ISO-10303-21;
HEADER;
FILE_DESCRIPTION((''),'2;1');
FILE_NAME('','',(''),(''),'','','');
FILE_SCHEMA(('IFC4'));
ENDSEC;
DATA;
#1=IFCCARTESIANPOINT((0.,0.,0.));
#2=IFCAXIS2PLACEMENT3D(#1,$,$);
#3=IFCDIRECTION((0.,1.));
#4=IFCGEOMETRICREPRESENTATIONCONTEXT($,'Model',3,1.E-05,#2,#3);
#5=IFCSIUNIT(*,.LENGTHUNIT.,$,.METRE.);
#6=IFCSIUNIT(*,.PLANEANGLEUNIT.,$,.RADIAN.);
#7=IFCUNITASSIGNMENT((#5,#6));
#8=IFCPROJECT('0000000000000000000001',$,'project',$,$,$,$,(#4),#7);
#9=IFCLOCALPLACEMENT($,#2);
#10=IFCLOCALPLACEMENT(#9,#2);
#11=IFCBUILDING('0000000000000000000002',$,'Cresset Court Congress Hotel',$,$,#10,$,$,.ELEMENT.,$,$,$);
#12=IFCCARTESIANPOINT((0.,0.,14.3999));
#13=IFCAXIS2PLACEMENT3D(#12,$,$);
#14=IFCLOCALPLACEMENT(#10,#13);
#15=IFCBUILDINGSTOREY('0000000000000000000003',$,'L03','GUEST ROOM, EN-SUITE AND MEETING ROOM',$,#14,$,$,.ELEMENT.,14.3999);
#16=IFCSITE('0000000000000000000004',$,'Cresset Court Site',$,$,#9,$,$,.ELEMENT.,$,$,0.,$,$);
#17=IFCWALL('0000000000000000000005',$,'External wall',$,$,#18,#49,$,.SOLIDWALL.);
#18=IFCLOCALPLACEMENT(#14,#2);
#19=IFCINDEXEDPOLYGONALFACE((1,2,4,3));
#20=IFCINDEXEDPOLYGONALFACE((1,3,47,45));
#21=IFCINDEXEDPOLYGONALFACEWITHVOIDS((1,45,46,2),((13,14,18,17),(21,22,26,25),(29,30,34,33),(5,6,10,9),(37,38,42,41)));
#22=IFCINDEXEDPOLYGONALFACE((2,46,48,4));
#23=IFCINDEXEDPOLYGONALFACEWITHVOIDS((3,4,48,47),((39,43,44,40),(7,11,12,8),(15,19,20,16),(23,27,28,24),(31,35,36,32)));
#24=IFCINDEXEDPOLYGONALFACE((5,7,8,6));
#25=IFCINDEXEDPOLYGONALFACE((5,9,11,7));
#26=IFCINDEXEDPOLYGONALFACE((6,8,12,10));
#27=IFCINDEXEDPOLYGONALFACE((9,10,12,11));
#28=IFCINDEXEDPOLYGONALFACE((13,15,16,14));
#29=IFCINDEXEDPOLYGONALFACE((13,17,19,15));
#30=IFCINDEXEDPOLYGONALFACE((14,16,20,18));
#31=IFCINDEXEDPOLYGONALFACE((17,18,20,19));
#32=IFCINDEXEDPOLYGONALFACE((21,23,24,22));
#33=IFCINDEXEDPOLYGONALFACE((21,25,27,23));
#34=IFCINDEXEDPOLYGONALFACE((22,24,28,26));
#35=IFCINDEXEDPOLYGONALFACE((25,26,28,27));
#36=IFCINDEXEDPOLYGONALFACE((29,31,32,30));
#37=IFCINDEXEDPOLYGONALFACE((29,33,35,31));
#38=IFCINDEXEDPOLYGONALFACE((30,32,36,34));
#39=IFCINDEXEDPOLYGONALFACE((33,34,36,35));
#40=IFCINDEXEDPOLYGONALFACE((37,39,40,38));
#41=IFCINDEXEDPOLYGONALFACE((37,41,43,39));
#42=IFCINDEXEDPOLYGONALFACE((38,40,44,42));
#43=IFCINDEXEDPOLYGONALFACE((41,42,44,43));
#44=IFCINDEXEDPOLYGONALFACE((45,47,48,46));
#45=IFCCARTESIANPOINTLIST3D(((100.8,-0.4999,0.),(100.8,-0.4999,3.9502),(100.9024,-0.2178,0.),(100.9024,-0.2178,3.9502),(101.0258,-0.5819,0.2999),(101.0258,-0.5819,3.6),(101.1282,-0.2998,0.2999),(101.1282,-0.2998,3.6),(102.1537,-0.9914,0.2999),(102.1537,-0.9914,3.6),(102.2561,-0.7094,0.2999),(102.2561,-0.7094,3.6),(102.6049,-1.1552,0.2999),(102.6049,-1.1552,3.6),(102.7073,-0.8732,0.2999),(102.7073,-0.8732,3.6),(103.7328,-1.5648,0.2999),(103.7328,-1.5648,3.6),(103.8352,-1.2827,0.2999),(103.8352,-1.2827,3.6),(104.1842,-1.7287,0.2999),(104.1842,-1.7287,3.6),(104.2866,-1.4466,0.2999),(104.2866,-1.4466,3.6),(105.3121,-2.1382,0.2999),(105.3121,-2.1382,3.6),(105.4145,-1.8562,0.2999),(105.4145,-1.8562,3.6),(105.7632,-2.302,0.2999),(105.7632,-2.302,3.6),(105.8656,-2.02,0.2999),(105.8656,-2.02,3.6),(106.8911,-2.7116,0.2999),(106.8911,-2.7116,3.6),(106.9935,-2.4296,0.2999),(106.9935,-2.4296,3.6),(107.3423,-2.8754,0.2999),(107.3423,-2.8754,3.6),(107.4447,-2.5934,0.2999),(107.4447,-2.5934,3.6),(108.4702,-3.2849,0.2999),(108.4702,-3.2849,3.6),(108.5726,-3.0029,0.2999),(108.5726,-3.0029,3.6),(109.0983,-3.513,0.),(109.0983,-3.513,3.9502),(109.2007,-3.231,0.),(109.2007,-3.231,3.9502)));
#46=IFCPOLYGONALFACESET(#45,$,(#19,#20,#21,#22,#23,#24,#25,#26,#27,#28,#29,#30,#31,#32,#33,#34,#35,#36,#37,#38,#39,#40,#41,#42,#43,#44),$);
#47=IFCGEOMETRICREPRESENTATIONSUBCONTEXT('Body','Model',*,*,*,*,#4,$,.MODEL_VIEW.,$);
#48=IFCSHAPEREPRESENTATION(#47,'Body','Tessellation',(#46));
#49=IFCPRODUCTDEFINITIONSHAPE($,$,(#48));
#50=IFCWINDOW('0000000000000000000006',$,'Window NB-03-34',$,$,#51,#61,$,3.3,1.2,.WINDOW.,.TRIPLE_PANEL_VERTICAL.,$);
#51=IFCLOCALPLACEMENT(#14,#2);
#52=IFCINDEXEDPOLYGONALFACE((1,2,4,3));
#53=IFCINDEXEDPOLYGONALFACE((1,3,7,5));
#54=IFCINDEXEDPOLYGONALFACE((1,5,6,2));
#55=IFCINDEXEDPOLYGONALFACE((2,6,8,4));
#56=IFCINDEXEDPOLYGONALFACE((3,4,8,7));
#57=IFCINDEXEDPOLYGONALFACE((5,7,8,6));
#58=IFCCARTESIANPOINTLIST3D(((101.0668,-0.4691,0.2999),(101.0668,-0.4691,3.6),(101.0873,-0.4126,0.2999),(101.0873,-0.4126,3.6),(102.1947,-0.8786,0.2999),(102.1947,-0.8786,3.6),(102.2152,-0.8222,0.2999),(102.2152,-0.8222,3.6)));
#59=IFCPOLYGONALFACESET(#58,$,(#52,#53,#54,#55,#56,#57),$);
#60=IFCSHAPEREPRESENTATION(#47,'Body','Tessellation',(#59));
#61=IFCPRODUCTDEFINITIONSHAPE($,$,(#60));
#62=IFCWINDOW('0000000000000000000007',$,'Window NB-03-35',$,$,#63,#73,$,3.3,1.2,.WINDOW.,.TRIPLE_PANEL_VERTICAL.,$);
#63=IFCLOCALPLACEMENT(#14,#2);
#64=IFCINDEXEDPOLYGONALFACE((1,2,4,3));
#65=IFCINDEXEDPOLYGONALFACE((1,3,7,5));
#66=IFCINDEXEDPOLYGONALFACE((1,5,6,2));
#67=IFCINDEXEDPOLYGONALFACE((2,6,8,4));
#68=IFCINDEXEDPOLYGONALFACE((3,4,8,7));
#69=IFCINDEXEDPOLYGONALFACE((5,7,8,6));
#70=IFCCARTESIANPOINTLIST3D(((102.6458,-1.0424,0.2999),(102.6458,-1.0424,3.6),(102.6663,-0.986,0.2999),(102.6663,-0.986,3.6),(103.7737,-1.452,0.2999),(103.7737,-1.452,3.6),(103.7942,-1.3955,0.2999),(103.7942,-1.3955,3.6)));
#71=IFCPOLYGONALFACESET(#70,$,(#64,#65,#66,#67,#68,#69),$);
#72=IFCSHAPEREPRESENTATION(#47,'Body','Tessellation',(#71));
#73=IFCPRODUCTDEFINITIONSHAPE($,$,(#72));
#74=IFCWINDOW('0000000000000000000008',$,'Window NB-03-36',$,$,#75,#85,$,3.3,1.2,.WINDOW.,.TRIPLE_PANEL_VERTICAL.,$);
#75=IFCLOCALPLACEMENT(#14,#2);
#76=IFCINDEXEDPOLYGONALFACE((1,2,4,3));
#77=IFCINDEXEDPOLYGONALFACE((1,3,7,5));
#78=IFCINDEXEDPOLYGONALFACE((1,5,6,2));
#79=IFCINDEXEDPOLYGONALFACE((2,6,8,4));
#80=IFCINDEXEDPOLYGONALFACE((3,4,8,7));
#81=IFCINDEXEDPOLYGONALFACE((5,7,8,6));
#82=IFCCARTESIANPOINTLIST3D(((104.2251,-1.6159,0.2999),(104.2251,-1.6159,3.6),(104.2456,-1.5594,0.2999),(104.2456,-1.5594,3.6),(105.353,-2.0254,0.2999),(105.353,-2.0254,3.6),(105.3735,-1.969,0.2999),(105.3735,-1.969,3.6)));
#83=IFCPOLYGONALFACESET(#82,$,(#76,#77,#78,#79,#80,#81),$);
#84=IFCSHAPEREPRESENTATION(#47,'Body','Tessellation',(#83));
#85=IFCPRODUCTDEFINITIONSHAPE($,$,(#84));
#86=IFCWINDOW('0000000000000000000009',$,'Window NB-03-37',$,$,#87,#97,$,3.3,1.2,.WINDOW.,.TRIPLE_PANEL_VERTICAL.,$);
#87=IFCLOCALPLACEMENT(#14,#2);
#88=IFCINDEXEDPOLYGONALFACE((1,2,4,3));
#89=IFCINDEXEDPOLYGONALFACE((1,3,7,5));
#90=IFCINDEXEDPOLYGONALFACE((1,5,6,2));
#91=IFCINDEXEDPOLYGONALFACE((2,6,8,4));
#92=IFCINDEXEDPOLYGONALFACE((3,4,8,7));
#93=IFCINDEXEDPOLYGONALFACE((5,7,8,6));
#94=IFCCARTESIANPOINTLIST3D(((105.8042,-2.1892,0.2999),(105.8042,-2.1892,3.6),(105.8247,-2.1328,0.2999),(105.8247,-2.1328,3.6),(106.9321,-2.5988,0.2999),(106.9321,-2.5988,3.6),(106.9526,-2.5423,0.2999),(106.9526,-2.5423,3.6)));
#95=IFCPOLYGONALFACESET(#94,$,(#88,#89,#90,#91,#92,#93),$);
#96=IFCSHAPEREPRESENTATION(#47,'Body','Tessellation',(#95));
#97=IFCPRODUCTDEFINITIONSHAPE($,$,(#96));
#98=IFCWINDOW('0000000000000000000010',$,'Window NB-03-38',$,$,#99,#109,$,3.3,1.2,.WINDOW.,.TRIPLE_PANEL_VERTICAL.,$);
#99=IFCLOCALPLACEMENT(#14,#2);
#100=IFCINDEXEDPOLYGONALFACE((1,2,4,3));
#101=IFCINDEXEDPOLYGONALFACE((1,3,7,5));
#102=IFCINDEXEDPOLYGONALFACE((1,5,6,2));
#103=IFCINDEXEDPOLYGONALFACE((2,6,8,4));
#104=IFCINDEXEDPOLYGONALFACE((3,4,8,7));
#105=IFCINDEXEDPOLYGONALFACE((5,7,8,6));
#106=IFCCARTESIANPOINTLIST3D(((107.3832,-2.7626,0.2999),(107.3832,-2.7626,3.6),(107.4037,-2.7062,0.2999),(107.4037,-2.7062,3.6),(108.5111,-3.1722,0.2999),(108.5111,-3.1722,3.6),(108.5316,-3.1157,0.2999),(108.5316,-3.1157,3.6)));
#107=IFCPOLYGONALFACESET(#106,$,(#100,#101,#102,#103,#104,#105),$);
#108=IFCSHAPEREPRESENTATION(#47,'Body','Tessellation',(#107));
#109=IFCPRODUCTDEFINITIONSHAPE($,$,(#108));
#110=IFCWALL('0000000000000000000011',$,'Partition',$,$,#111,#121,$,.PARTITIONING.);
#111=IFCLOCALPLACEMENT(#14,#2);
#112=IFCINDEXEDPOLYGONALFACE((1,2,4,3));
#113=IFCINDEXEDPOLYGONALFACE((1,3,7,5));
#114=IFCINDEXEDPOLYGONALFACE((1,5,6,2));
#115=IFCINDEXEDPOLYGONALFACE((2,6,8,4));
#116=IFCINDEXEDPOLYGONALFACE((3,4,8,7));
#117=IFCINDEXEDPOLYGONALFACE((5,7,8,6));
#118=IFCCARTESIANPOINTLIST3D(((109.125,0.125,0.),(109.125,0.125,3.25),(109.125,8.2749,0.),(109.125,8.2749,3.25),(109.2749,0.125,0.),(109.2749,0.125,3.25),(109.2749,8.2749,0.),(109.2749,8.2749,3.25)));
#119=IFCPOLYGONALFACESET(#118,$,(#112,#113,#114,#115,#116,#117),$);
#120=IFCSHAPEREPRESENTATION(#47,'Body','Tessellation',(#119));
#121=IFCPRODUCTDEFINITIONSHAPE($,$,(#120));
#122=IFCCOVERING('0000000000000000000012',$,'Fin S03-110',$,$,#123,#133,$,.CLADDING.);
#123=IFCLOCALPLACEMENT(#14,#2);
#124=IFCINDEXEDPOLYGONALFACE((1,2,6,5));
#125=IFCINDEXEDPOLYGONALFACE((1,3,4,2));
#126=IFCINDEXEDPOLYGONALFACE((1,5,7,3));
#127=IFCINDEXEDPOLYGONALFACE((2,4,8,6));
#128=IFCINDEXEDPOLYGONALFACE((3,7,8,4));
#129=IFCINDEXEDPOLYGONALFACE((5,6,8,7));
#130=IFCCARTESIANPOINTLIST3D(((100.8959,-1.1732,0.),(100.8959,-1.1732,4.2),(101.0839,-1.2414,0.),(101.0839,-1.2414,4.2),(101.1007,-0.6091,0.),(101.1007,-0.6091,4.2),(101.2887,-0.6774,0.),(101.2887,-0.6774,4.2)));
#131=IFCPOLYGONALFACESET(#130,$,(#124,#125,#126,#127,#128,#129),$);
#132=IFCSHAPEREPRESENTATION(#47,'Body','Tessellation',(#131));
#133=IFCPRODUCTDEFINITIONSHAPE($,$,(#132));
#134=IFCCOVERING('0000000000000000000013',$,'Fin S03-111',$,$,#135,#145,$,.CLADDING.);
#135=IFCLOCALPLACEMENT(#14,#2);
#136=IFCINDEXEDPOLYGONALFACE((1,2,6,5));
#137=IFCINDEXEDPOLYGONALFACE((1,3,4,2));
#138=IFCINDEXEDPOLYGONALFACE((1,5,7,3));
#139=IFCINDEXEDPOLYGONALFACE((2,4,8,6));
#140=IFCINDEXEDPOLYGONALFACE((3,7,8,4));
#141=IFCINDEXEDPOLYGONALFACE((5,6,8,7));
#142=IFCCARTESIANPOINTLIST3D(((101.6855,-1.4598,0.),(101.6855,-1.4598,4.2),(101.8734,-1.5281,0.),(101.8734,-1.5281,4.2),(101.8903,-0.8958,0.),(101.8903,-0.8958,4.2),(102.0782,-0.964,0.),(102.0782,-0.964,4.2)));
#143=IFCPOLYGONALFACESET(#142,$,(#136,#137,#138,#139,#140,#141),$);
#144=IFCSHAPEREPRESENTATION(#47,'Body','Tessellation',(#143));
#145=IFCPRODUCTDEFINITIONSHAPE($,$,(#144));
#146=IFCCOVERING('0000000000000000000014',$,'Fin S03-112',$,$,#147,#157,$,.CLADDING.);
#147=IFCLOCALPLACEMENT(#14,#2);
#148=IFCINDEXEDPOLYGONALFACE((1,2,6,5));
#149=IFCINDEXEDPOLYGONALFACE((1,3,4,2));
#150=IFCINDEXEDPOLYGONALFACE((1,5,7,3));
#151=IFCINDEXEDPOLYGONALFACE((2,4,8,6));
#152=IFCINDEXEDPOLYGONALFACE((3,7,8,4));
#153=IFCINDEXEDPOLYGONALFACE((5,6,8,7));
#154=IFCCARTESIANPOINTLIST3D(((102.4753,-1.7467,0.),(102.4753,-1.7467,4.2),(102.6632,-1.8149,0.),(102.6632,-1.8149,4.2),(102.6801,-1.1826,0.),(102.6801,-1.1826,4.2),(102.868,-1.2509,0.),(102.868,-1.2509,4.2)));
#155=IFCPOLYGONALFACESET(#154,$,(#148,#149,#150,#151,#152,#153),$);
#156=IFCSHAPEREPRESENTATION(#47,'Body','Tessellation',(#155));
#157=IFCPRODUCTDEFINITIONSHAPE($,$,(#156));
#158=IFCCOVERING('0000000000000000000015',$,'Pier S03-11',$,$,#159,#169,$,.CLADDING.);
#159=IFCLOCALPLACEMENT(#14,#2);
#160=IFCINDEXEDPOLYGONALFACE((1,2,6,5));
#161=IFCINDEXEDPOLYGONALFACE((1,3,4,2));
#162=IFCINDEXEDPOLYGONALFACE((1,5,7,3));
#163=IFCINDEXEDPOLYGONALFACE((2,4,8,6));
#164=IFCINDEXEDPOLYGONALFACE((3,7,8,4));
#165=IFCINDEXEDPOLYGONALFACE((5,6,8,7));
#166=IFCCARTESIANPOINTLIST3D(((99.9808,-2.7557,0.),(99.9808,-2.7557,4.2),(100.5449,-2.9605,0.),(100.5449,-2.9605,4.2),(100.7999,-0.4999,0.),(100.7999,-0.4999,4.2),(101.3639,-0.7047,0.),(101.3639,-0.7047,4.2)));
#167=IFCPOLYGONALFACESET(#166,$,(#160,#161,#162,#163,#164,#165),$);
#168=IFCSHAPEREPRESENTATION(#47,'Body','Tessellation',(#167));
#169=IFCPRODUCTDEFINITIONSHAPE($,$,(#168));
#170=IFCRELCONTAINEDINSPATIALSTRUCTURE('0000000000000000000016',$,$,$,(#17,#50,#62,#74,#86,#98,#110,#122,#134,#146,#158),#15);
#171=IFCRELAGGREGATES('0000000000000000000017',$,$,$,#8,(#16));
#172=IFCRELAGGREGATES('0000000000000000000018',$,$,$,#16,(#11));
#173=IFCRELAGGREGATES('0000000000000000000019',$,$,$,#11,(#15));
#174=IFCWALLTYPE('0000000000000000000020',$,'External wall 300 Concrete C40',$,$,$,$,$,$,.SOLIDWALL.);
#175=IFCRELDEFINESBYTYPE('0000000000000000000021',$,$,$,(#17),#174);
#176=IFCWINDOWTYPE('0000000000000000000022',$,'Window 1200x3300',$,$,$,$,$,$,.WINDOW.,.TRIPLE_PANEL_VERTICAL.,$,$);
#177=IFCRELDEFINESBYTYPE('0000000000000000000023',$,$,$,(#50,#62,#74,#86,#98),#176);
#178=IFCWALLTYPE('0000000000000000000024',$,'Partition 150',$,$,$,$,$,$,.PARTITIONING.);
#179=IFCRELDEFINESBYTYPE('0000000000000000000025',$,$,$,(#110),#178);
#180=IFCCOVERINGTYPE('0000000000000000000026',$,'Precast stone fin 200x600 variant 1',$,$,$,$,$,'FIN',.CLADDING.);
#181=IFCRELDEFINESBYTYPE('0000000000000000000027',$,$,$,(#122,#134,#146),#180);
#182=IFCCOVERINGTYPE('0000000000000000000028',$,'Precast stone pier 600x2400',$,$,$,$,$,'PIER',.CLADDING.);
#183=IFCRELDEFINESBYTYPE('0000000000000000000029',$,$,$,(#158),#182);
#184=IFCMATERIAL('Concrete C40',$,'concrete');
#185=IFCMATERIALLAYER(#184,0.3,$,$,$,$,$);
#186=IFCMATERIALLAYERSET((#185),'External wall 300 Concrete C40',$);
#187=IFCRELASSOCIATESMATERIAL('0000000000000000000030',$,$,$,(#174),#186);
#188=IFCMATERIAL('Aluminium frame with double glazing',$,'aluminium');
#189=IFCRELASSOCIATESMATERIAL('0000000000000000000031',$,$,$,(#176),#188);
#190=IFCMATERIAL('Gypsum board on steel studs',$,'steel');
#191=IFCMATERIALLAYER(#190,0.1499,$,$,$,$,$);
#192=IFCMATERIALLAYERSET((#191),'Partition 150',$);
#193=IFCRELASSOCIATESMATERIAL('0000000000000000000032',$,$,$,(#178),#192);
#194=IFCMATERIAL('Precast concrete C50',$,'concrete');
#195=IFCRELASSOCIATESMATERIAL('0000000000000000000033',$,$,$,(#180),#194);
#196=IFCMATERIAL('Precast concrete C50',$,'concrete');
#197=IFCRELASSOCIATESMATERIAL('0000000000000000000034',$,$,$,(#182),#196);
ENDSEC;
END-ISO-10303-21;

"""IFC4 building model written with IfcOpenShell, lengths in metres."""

from ifc_helpers import new_model, si_unit, direction, frame, frame_2d, origin, origin_2d, place, context, subcontext, project, spatial, rectangle, extrude, material, layer, layer_set, type_object, element, fill, save


model = new_model("IFC4")

# Units and contexts
model_context = context("Model", 3, precision=1e-05, world=origin(), true_north=direction((0.0, 1.0)))
body_context = subcontext(model_context, "Body", "Model", "MODEL_VIEW")
ifc_project = project(units=[si_unit("LENGTHUNIT", "METRE"), si_unit("PLANEANGLEUNIT", "RADIAN")], contexts=[model_context])

# Site, building, storey
site_placement = place(None, origin())
site = spatial("IfcSite", under=ifc_project, at=site_placement, Name="Cresset Court Site", CompositionType="ELEMENT", RefElevation=0.0)
building_placement = place(site_placement, origin())
building = spatial("IfcBuilding", under=site, at=building_placement, Name="Cresset Court Congress Hotel", CompositionType="ELEMENT")
storey_placement = place(building_placement, frame((0.0, 0.0, 14.3999)))
storey = spatial("IfcBuildingStorey", under=building, at=storey_placement, Name="L03", Description="GUEST ROOM, EN-SUITE AND MEETING ROOM", CompositionType="ELEMENT", Elevation=14.3999)

# Shared definitions
ifc_material_1 = material(Name="Concrete C40", Category="concrete")
ifc_layer_1 = layer(ifc_material_1, 0.3)
ifc_layer_set_1 = layer_set([ifc_layer_1], Name="External wall 300 Concrete C40")
wall_type_1 = type_object("IfcWallType", Name="External wall 300 Concrete C40", PredefinedType="SOLIDWALL", material=ifc_layer_set_1)

# Wall, openings, windows
wall_1_placement = place(storey_placement, frame((100.8513, -0.3589, 0.0), z_axis=(0.0, 0.0, 1.0), x_axis=(0.939953, -0.341303, 0.0)))
wall_1 = element("IfcWall", 1, at=wall_1_placement, inside=storey, type_object=wall_type_1, Name="External wall", PredefinedType="SOLIDWALL", context=body_context, shape_type="SweptSolid", body=[
    extrude(rectangle(XDim=8.8284, YDim=0.3, at=frame_2d((4.4141, 0.0))), origin(), (0.0, 0.0, 1.0), 3.9502),
])
opening_1_placement = place(wall_1_placement, frame((0.24, 0.0, 0.3)))
opening_1 = element("IfcOpeningElement", 2, at=opening_1_placement, cuts=wall_1, PredefinedType="OPENING", context=body_context, shape_type="SweptSolid", body=[
    extrude(rectangle(XDim=1.2, YDim=3.3, at=frame_2d((0.6001, 1.6499))), frame((0.0, 0.1599, 0.0), z_axis=(0.0, -1.0, 0.0), x_axis=(1.0, 0.0, 0.0)), (0.0, 0.0, 1.0), 0.3201),
])
opening_2_placement = place(wall_1_placement, frame((1.9199, 0.0, 0.3)))
opening_2 = element("IfcOpeningElement", 3, at=opening_2_placement, cuts=wall_1, PredefinedType="OPENING", context=body_context, shape_type="SweptSolid", body=[
    extrude(rectangle(XDim=1.2, YDim=3.3, at=frame_2d((0.6001, 1.6499))), frame((0.0, 0.1599, 0.0), z_axis=(0.0, -1.0, 0.0), x_axis=(1.0, 0.0, 0.0)), (0.0, 0.0, 1.0), 0.3201),
])
opening_3_placement = place(wall_1_placement, frame((3.6001, 0.0, 0.3)))
opening_3 = element("IfcOpeningElement", 4, at=opening_3_placement, cuts=wall_1, PredefinedType="OPENING", context=body_context, shape_type="SweptSolid", body=[
    extrude(rectangle(XDim=1.2, YDim=3.3, at=frame_2d((0.6001, 1.6499))), frame((0.0, 0.1599, 0.0), z_axis=(0.0, -1.0, 0.0), x_axis=(1.0, 0.0, 0.0)), (0.0, 0.0, 1.0), 0.3201),
])
opening_4_placement = place(wall_1_placement, frame((5.28, 0.0, 0.3)))
opening_4 = element("IfcOpeningElement", 5, at=opening_4_placement, cuts=wall_1, PredefinedType="OPENING", context=body_context, shape_type="SweptSolid", body=[
    extrude(rectangle(XDim=1.2, YDim=3.3, at=frame_2d((0.6001, 1.6499))), frame((0.0, 0.1599, 0.0), z_axis=(0.0, -1.0, 0.0), x_axis=(1.0, 0.0, 0.0)), (0.0, 0.0, 1.0), 0.3201),
])
opening_5_placement = place(wall_1_placement, frame((6.96, 0.0, 0.3)))
opening_5 = element("IfcOpeningElement", 6, at=opening_5_placement, cuts=wall_1, PredefinedType="OPENING", context=body_context, shape_type="SweptSolid", body=[
    extrude(rectangle(XDim=1.2, YDim=3.3, at=frame_2d((0.6001, 1.6499))), frame((0.0, 0.1599, 0.0), z_axis=(0.0, -1.0, 0.0), x_axis=(1.0, 0.0, 0.0)), (0.0, 0.0, 1.0), 0.3201),
])
ifc_material_2 = material(Name="Aluminium frame with double glazing", Category="aluminium")
window_type = type_object("IfcWindowType", Name="Window 1200x3300", PartitioningType="TRIPLE_PANEL_VERTICAL", PredefinedType="WINDOW", material=ifc_material_2)
window_1_placement = place(opening_1_placement, origin())
window_1 = element("IfcWindow", 7, at=window_1_placement, inside=storey, type_object=window_type, Name="Window NB-03-34", OverallHeight=3.3, OverallWidth=1.2, PartitioningType="TRIPLE_PANEL_VERTICAL", PredefinedType="WINDOW", context=body_context, shape_type="SweptSolid", body=[
    extrude(rectangle(XDim=1.2, YDim=3.3, at=frame_2d((0.6001, 1.6499))), frame((0.0, 0.03, 0.0), z_axis=(0.0, -1.0, 0.0), x_axis=(1.0, 0.0, 0.0)), (0.0, 0.0, 1.0), 0.0601),
])
fill(opening_1, window_1)
window_2_placement = place(opening_2_placement, origin())
window_2 = element("IfcWindow", 8, at=window_2_placement, inside=storey, type_object=window_type, Name="Window NB-03-35", OverallHeight=3.3, OverallWidth=1.2, PartitioningType="TRIPLE_PANEL_VERTICAL", PredefinedType="WINDOW", context=body_context, shape_type="SweptSolid", body=[
    extrude(rectangle(XDim=1.2, YDim=3.3, at=frame_2d((0.6001, 1.6499))), frame((0.0, 0.03, 0.0), z_axis=(0.0, -1.0, 0.0), x_axis=(1.0, 0.0, 0.0)), (0.0, 0.0, 1.0), 0.0601),
])
fill(opening_2, window_2)
window_3_placement = place(opening_3_placement, origin())
window_3 = element("IfcWindow", 9, at=window_3_placement, inside=storey, type_object=window_type, Name="Window NB-03-36", OverallHeight=3.3, OverallWidth=1.2, PartitioningType="TRIPLE_PANEL_VERTICAL", PredefinedType="WINDOW", context=body_context, shape_type="SweptSolid", body=[
    extrude(rectangle(XDim=1.2, YDim=3.3, at=frame_2d((0.6001, 1.6499))), frame((0.0, 0.03, 0.0), z_axis=(0.0, -1.0, 0.0), x_axis=(1.0, 0.0, 0.0)), (0.0, 0.0, 1.0), 0.0601),
])
fill(opening_3, window_3)
window_4_placement = place(opening_4_placement, origin())
window_4 = element("IfcWindow", 10, at=window_4_placement, inside=storey, type_object=window_type, Name="Window NB-03-37", OverallHeight=3.3, OverallWidth=1.2, PartitioningType="TRIPLE_PANEL_VERTICAL", PredefinedType="WINDOW", context=body_context, shape_type="SweptSolid", body=[
    extrude(rectangle(XDim=1.2, YDim=3.3, at=frame_2d((0.6001, 1.6499))), frame((0.0, 0.03, 0.0), z_axis=(0.0, -1.0, 0.0), x_axis=(1.0, 0.0, 0.0)), (0.0, 0.0, 1.0), 0.0601),
])
fill(opening_4, window_4)
window_5_placement = place(opening_5_placement, origin())
window_5 = element("IfcWindow", 11, at=window_5_placement, inside=storey, type_object=window_type, Name="Window NB-03-38", OverallHeight=3.3, OverallWidth=1.2, PartitioningType="TRIPLE_PANEL_VERTICAL", PredefinedType="WINDOW", context=body_context, shape_type="SweptSolid", body=[
    extrude(rectangle(XDim=1.2, YDim=3.3, at=frame_2d((0.6001, 1.6499))), frame((0.0, 0.03, 0.0), z_axis=(0.0, -1.0, 0.0), x_axis=(1.0, 0.0, 0.0)), (0.0, 0.0, 1.0), 0.0601),
])
fill(opening_5, window_5)

# Wall
ifc_material_3 = material(Name="Gypsum board on steel studs", Category="steel")
ifc_layer_2 = layer(ifc_material_3, 0.1499)
ifc_layer_set_2 = layer_set([ifc_layer_2], Name="Partition 150")
wall_type_2 = type_object("IfcWallType", Name="Partition 150", PredefinedType="PARTITIONING", material=ifc_layer_set_2)
wall_2_placement = place(storey_placement, frame((109.2, 0.125, 0.0), z_axis=(0.0, 0.0, 1.0), x_axis=(0.0, 1.0, 0.0)))
element("IfcWall", 12, at=wall_2_placement, inside=storey, type_object=wall_type_2, Name="Partition", PredefinedType="PARTITIONING", context=body_context, shape_type="SweptSolid", body=[
    extrude(rectangle(XDim=8.1499, YDim=0.1499, at=frame_2d((4.075, 0.0))), origin(), (0.0, 0.0, 1.0), 3.25),
])

# Coverings
ifc_material_4 = material(Name="Precast concrete C50", Category="concrete")
covering_type_1 = type_object("IfcCoveringType", Name="Precast stone fin 200x600 variant 1", ElementType="FIN", PredefinedType="CLADDING", material=ifc_material_4)
for number, where, z_axis, x_axis, name in (
    (13, (101.0923, -0.9253, 0.0), (0.0, 0.0, 1.0), (0.939957, -0.341293, 0.0), "Fin S03-110"),
    (14, (101.8818, -1.2119, 0.0), (0.0, 0.0, 1.0), (0.939957, -0.341293, 0.0), "Fin S03-111"),
    (15, (102.6716, -1.4988, 0.0), (0.0, 0.0, 1.0), (0.939957, -0.341293, 0.0), "Fin S03-112"),
):
    element("IfcCovering", number, at=place(storey_placement, frame(where, z_axis=z_axis, x_axis=x_axis)), inside=storey, type_object=covering_type_1, Name=name, PredefinedType="CLADDING", context=body_context, shape_type="SweptSolid", body=[
        extrude(rectangle(XDim=0.2, YDim=0.6001, at=origin_2d()), origin(), (0.0, 0.0, 1.0), 4.2),
    ])
ifc_material_5 = material(Name="Precast concrete C50", Category="concrete")
covering_type_2 = type_object("IfcCoveringType", Name="Precast stone pier 600x2400", ElementType="PIER", PredefinedType="CLADDING", material=ifc_material_5)
covering_placement = place(storey_placement, frame((100.6724, -1.7302, 0.0), z_axis=(0.0, 0.0, 1.0), x_axis=(0.939957, -0.341293, 0.0)))
element("IfcCovering", 16, at=covering_placement, inside=storey, type_object=covering_type_2, Name="Pier S03-11", PredefinedType="CLADDING", context=body_context, shape_type="SweptSolid", body=[
    extrude(rectangle(XDim=0.6001, YDim=2.3999, at=origin_2d()), origin(), (0.0, 0.0, 1.0), 4.2),
])

save(model, "model.ifc")
